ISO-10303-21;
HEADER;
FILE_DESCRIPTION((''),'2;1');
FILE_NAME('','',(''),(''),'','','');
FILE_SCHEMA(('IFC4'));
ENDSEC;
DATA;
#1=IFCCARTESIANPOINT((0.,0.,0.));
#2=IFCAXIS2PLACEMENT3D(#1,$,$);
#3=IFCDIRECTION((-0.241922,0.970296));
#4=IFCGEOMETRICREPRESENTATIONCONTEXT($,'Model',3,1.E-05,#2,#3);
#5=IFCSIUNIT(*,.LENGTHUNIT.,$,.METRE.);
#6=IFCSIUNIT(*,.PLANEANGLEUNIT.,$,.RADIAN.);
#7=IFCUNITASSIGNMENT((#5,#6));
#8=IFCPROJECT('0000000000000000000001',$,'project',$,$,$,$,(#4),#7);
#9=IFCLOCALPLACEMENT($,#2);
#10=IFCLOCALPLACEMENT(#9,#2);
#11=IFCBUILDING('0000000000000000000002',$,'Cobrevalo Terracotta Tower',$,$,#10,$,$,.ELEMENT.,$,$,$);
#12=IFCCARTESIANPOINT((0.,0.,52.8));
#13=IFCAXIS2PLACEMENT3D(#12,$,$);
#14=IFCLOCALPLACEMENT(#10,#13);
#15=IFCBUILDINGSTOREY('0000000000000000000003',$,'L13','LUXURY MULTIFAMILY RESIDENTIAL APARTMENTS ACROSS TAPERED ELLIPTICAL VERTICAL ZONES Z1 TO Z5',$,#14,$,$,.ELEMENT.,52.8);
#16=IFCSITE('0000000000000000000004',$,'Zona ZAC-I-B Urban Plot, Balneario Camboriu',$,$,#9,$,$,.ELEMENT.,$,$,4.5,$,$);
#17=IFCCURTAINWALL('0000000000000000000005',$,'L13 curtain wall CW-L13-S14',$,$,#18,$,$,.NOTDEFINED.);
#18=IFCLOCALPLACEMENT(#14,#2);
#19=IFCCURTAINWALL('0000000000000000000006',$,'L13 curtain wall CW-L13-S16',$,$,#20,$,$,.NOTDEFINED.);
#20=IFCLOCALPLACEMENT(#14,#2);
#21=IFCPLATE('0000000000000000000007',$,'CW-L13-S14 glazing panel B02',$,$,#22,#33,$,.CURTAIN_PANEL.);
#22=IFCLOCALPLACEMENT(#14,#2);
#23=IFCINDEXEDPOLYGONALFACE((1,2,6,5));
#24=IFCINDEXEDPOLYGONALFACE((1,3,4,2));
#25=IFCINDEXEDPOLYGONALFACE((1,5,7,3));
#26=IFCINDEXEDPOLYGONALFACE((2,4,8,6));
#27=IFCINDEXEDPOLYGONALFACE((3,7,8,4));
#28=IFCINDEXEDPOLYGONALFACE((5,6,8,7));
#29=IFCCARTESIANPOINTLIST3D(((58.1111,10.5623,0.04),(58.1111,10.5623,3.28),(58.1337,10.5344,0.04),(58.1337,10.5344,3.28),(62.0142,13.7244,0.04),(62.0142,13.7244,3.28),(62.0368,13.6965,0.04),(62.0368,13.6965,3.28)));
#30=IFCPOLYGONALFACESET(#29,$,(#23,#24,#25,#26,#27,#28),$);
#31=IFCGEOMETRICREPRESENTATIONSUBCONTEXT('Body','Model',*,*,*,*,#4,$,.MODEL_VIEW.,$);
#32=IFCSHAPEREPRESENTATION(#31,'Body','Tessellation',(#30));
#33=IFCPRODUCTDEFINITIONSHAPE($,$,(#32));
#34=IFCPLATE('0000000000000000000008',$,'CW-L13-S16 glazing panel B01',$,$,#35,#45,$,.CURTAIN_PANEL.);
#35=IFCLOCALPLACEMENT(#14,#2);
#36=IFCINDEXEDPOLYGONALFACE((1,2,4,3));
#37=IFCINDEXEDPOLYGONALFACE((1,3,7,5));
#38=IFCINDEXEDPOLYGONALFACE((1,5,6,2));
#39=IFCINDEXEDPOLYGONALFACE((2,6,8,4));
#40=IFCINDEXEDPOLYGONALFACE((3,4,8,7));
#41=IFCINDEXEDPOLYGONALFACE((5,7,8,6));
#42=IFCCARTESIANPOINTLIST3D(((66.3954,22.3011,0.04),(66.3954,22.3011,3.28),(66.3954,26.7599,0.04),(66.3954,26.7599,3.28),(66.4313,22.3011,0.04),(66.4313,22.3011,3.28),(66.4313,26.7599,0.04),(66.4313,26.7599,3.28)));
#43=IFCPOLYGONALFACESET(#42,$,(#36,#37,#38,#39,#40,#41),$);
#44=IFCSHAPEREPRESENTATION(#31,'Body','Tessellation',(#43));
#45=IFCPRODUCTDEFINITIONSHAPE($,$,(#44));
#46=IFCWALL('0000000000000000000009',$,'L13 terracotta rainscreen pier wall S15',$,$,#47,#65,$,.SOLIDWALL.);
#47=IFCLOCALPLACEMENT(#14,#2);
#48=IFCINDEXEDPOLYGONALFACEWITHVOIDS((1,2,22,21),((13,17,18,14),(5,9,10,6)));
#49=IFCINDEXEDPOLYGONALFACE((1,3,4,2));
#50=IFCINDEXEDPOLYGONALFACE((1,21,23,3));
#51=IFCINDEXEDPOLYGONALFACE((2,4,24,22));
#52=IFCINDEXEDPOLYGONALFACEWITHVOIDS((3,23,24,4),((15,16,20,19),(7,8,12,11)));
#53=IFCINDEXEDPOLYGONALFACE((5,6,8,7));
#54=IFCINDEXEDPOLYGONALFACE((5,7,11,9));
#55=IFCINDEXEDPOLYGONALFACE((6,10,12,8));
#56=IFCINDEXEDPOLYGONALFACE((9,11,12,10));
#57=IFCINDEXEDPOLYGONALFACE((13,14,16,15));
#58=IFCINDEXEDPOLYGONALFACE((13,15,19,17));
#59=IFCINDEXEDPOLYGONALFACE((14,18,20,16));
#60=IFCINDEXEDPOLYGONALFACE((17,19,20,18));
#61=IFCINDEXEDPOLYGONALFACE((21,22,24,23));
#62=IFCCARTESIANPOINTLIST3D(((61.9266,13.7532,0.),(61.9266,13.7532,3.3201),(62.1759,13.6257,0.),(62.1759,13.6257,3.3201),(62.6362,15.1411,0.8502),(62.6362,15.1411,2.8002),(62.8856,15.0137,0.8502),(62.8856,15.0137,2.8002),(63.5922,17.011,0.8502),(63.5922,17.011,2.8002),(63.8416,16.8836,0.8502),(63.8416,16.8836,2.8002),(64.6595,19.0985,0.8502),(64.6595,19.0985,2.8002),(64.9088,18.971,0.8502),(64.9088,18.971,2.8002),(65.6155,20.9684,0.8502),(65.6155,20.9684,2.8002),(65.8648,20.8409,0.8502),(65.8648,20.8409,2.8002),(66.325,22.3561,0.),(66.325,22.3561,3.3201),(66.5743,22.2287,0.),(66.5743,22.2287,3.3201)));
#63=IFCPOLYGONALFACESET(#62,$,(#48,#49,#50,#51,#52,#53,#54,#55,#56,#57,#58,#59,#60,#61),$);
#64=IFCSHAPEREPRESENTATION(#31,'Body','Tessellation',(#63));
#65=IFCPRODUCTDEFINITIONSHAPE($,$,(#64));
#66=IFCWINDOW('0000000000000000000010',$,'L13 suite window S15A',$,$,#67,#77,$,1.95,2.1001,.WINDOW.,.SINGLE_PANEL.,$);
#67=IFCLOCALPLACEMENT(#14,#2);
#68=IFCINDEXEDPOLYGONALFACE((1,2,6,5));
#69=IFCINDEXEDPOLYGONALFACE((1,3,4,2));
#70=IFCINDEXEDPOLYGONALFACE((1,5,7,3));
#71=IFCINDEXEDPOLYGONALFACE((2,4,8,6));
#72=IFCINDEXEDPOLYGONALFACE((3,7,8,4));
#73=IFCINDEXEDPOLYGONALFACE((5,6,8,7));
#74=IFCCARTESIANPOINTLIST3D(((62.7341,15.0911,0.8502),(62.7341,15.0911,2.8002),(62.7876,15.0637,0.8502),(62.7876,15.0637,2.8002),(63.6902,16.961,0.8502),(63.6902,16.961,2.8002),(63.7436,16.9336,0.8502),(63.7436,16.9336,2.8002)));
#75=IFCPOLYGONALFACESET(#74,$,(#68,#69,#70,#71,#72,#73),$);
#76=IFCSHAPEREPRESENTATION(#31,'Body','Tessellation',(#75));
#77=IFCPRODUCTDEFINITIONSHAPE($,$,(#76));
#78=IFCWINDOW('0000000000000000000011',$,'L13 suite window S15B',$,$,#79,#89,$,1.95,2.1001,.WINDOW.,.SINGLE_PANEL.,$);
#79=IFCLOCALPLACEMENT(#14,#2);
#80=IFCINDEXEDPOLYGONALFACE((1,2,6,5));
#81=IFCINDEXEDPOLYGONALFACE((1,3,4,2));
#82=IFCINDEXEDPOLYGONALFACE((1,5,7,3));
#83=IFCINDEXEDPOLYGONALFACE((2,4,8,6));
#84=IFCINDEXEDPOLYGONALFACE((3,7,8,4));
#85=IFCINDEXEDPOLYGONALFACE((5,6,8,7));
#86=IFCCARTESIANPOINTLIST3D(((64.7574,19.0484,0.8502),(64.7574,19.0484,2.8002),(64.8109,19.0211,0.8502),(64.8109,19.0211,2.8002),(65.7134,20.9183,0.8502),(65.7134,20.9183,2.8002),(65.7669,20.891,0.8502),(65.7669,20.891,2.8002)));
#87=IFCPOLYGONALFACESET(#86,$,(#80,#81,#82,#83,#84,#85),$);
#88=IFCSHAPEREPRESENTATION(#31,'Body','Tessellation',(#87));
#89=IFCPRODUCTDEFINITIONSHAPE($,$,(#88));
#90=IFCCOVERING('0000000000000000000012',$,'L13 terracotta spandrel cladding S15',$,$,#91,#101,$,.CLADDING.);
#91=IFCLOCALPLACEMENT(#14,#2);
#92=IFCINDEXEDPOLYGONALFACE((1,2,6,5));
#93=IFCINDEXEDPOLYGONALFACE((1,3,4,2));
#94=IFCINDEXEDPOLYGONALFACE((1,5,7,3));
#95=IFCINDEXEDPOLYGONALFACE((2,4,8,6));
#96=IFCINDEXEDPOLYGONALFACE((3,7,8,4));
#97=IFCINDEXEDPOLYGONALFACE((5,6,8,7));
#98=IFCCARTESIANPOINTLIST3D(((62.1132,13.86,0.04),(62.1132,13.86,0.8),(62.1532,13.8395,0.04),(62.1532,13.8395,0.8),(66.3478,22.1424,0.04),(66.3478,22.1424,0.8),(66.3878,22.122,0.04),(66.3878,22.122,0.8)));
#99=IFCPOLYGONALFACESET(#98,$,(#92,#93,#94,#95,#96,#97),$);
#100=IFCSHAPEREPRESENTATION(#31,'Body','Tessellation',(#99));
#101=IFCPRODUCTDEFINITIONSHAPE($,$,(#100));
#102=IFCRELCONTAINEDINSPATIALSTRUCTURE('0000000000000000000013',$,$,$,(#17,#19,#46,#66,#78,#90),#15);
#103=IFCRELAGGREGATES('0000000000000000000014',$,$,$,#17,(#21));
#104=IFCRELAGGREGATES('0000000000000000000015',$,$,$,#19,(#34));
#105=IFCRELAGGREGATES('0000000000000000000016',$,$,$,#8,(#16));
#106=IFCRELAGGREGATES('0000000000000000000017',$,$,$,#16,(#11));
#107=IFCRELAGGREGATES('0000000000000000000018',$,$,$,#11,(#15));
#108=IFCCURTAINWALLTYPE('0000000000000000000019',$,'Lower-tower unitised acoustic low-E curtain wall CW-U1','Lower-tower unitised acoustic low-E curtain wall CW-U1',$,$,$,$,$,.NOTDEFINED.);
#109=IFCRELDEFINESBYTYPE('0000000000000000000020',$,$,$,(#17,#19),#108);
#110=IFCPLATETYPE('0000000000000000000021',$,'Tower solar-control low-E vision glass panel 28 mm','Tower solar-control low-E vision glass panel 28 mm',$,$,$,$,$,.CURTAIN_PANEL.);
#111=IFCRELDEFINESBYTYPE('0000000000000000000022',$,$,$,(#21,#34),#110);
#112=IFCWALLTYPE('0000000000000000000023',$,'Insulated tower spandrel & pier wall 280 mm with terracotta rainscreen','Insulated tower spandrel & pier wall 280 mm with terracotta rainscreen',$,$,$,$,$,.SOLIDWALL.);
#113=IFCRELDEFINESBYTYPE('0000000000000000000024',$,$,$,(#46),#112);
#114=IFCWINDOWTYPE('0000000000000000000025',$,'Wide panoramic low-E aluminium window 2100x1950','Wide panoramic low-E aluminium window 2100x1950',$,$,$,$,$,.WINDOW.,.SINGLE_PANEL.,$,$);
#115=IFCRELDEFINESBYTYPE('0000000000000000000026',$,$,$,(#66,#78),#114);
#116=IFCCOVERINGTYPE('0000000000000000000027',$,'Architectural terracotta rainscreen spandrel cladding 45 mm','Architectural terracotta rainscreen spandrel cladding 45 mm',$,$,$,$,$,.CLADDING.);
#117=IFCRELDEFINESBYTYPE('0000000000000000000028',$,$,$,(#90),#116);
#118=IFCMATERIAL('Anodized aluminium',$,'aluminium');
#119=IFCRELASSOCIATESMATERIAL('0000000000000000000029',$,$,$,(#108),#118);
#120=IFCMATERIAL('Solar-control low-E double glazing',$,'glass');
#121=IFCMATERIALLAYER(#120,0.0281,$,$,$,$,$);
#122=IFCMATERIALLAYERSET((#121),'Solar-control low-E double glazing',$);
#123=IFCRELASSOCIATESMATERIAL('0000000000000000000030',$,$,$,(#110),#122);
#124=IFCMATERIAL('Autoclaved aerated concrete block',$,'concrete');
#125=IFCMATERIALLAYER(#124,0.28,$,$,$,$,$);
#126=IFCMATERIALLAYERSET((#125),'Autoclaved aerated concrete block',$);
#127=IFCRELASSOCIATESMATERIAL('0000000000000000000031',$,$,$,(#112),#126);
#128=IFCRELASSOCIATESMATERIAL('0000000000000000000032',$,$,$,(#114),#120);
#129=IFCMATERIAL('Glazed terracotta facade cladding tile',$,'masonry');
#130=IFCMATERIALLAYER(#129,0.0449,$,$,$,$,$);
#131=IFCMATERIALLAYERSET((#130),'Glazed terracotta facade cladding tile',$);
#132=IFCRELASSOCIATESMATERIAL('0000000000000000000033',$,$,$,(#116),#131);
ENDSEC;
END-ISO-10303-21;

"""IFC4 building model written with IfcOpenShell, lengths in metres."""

from ifc_helpers import new_model, si_unit, direction, frame, frame_2d, origin, origin_2d, place, context, subcontext, project, spatial, rectangle, extrude, source, transform, mapped, material, layer, layer_set, type_object, element, fill, aggregate, save


model = new_model("IFC4")

# Units and contexts
model_context = context("Model", 3, precision=1e-05, world=origin(), true_north=direction((-0.241922, 0.970296)))
body_context = subcontext(model_context, "Body", "Model", "MODEL_VIEW")
ifc_project = project(units=[si_unit("LENGTHUNIT", "METRE"), si_unit("PLANEANGLEUNIT", "RADIAN")], contexts=[model_context])

# Site, building, storey
site_placement = place(None, origin())
site = spatial("IfcSite", under=ifc_project, at=site_placement, Name="Zona ZAC-I-B Urban Plot, Balneario Camboriu", CompositionType="ELEMENT", RefElevation=4.5)
building_placement = place(site_placement, origin())
building = spatial("IfcBuilding", under=site, at=building_placement, Name="Cobrevalo Terracotta Tower", CompositionType="ELEMENT")
storey_placement = place(building_placement, frame((0.0, 0.0, 52.8)))
storey = spatial("IfcBuildingStorey", under=building, at=storey_placement, Name="L13", Description="LUXURY MULTIFAMILY RESIDENTIAL APARTMENTS ACROSS TAPERED ELLIPTICAL VERTICAL ZONES Z1 TO Z5", CompositionType="ELEMENT", Elevation=52.8)

# Curtain wall
ifc_material_1 = material(Name="Anodized aluminium", Category="aluminium")
curtain_wall_type = type_object("IfcCurtainWallType", Name="Lower-tower unitised acoustic low-E curtain wall CW-U1", Description="Lower-tower unitised acoustic low-E curtain wall CW-U1", PredefinedType="NOTDEFINED", material=ifc_material_1)
curtain_wall_1_placement = place(storey_placement, origin())
curtain_wall_1 = element("IfcCurtainWall", 1, at=curtain_wall_1_placement, inside=storey, type_object=curtain_wall_type, Name="L13 curtain wall CW-L13-S14", PredefinedType="NOTDEFINED")

# Curtain wall
curtain_wall_2_placement = place(storey_placement, origin())
curtain_wall_2 = element("IfcCurtainWall", 2, at=curtain_wall_2_placement, inside=storey, type_object=curtain_wall_type, Name="L13 curtain wall CW-L13-S16", PredefinedType="NOTDEFINED")

# Plates
ifc_material_2 = material(Name="Solar-control low-E double glazing", Category="glass")
ifc_layer_1 = layer(ifc_material_2, 0.0281)
ifc_layer_set_1 = layer_set([ifc_layer_1], Name="Solar-control low-E double glazing")
plate_type = type_object("IfcPlateType", Name="Tower solar-control low-E vision glass panel 28 mm", Description="Tower solar-control low-E vision glass panel 28 mm", PredefinedType="CURTAIN_PANEL", material=ifc_layer_set_1)
shared_shape_1 = source(origin(), body_context, "Body", "SweptSolid", [
    extrude(rectangle(XDim=5.0232, YDim=0.0359, at=origin_2d()), origin(), (0.0, 0.0, 1.0), 3.24),
])
plate_1_placement = place(storey_placement, frame((60.074, 12.1294, 0.04), z_axis=(0.0, 0.0, 1.0), x_axis=(0.777008, 0.629491, 0.0)))
plate_1 = element("IfcPlate", 3, at=plate_1_placement, type_object=plate_type, Name="CW-L13-S14 glazing panel B02", PredefinedType="CURTAIN_PANEL", context=body_context, shape_type="MappedRepresentation", body=[
    mapped(shared_shape_1, transform((0.0, 0.0, 0.0), scale=1.0)),
])
aggregate(curtain_wall_1, [plate_1])
shared_shape_2 = source(origin(), body_context, "Body", "SweptSolid", [
    extrude(rectangle(XDim=4.4587, YDim=0.0359, at=origin_2d()), origin(), (0.0, 0.0, 1.0), 3.24),
])
plate_2_placement = place(storey_placement, frame((66.4133, 24.5305, 0.04), z_axis=(0.0, 0.0, 1.0), x_axis=(0.0, 1.0, 0.0)))
plate_2 = element("IfcPlate", 4, at=plate_2_placement, type_object=plate_type, Name="CW-L13-S16 glazing panel B01", PredefinedType="CURTAIN_PANEL", context=body_context, shape_type="MappedRepresentation", body=[
    mapped(shared_shape_2, transform((0.0, 0.0, 0.0), scale=1.0)),
])
aggregate(curtain_wall_2, [plate_2])

# Wall, openings, windows
ifc_material_3 = material(Name="Autoclaved aerated concrete block", Category="concrete")
ifc_layer_2 = layer(ifc_material_3, 0.28)
ifc_layer_set_2 = layer_set([ifc_layer_2], Name="Autoclaved aerated concrete block")
wall_type = type_object("IfcWallType", Name="Insulated tower spandrel & pier wall 280 mm with terracotta rainscreen", Description="Insulated tower spandrel & pier wall 280 mm with terracotta rainscreen", PredefinedType="SOLIDWALL", material=ifc_layer_set_2)
wall_placement = place(storey_placement, frame((62.0513, 13.6895, 0.0), z_axis=(0.0, 0.0, 1.0), x_axis=(0.455221, 0.890379, 0.0)))
wall = element("IfcWall", 5, at=wall_placement, inside=storey, type_object=wall_type, Name="L13 terracotta rainscreen pier wall S15", PredefinedType="SOLIDWALL", context=body_context, shape_type="SweptSolid", body=[
    extrude(rectangle(XDim=9.6621, YDim=0.28, at=frame_2d((4.8311, 0.0))), origin(), (0.0, 0.0, 1.0), 3.3201),
])
opening_1_placement = place(wall_placement, frame((1.5588, 0.0, 0.8501)))
opening_1 = element("IfcOpeningElement", 6, at=opening_1_placement, cuts=wall, PredefinedType="OPENING", context=body_context, shape_type="SweptSolid", body=[
    extrude(rectangle(XDim=2.1001, YDim=1.95, at=frame_2d((1.05, 0.9751))), frame((0.0, 0.1499, 0.0), z_axis=(0.0, -1.0, 0.0), x_axis=(1.0, 0.0, 0.0)), (0.0, 0.0, 1.0), 0.3),
])
opening_2_placement = place(wall_placement, frame((6.0034, 0.0, 0.8501)))
opening_2 = element("IfcOpeningElement", 7, at=opening_2_placement, cuts=wall, PredefinedType="OPENING", context=body_context, shape_type="SweptSolid", body=[
    extrude(rectangle(XDim=2.1001, YDim=1.95, at=frame_2d((1.05, 0.9751))), frame((0.0, 0.1499, 0.0), z_axis=(0.0, -1.0, 0.0), x_axis=(1.0, 0.0, 0.0)), (0.0, 0.0, 1.0), 0.3),
])
window_type = type_object("IfcWindowType", Name="Wide panoramic low-E aluminium window 2100x1950", Description="Wide panoramic low-E aluminium window 2100x1950", PartitioningType="SINGLE_PANEL", PredefinedType="WINDOW", material=ifc_material_2)
shared_shape_3 = source(origin(), body_context, "Body", "SweptSolid", [
    extrude(rectangle(XDim=2.1001, YDim=1.95, at=frame_2d((1.05, 0.9751))), frame((0.0, 0.03, 0.0), z_axis=(0.0, -1.0, 0.0), x_axis=(1.0, 0.0, 0.0)), (0.0, 0.0, 1.0), 0.0601),
])
window_1_placement = place(opening_1_placement, origin())
window_1 = element("IfcWindow", 8, at=window_1_placement, inside=storey, type_object=window_type, Name="L13 suite window S15A", OverallHeight=1.95, OverallWidth=2.1001, PartitioningType="SINGLE_PANEL", PredefinedType="WINDOW", context=body_context, shape_type="MappedRepresentation", body=[
    mapped(shared_shape_3, transform((0.0, 0.0, 0.0), scale=1.0)),
])
fill(opening_1, window_1)
window_2_placement = place(opening_2_placement, origin())
window_2 = element("IfcWindow", 9, at=window_2_placement, inside=storey, type_object=window_type, Name="L13 suite window S15B", OverallHeight=1.95, OverallWidth=2.1001, PartitioningType="SINGLE_PANEL", PredefinedType="WINDOW", context=body_context, shape_type="MappedRepresentation", body=[
    mapped(shared_shape_3, transform((0.0, 0.0, 0.0), scale=1.0)),
])
fill(opening_2, window_2)

# Covering
ifc_material_4 = material(Name="Glazed terracotta facade cladding tile", Category="masonry")
ifc_layer_3 = layer(ifc_material_4, 0.0449)
ifc_layer_set_3 = layer_set([ifc_layer_3], Name="Glazed terracotta facade cladding tile")
covering_type = type_object("IfcCoveringType", Name="Architectural terracotta rainscreen spandrel cladding 45 mm", Description="Architectural terracotta rainscreen spandrel cladding 45 mm", PredefinedType="CLADDING", material=ifc_layer_set_3)
shared_shape_4 = source(origin(), body_context, "Body", "SweptSolid", [
    extrude(rectangle(XDim=9.3022, YDim=0.0449, at=origin_2d()), origin(), (0.0, 0.0, 1.0), 0.76),
])
covering_placement = place(storey_placement, frame((64.2505, 17.991, 0.04), z_axis=(0.0, 0.0, 1.0), x_axis=(0.455231, 0.890373, 0.0)))
element("IfcCovering", 10, at=covering_placement, inside=storey, type_object=covering_type, Name="L13 terracotta spandrel cladding S15", PredefinedType="CLADDING", context=body_context, shape_type="MappedRepresentation", body=[
    mapped(shared_shape_4, transform((0.0, 0.0, 0.0), scale=1.0)),
])

save(model, "model.ifc")
